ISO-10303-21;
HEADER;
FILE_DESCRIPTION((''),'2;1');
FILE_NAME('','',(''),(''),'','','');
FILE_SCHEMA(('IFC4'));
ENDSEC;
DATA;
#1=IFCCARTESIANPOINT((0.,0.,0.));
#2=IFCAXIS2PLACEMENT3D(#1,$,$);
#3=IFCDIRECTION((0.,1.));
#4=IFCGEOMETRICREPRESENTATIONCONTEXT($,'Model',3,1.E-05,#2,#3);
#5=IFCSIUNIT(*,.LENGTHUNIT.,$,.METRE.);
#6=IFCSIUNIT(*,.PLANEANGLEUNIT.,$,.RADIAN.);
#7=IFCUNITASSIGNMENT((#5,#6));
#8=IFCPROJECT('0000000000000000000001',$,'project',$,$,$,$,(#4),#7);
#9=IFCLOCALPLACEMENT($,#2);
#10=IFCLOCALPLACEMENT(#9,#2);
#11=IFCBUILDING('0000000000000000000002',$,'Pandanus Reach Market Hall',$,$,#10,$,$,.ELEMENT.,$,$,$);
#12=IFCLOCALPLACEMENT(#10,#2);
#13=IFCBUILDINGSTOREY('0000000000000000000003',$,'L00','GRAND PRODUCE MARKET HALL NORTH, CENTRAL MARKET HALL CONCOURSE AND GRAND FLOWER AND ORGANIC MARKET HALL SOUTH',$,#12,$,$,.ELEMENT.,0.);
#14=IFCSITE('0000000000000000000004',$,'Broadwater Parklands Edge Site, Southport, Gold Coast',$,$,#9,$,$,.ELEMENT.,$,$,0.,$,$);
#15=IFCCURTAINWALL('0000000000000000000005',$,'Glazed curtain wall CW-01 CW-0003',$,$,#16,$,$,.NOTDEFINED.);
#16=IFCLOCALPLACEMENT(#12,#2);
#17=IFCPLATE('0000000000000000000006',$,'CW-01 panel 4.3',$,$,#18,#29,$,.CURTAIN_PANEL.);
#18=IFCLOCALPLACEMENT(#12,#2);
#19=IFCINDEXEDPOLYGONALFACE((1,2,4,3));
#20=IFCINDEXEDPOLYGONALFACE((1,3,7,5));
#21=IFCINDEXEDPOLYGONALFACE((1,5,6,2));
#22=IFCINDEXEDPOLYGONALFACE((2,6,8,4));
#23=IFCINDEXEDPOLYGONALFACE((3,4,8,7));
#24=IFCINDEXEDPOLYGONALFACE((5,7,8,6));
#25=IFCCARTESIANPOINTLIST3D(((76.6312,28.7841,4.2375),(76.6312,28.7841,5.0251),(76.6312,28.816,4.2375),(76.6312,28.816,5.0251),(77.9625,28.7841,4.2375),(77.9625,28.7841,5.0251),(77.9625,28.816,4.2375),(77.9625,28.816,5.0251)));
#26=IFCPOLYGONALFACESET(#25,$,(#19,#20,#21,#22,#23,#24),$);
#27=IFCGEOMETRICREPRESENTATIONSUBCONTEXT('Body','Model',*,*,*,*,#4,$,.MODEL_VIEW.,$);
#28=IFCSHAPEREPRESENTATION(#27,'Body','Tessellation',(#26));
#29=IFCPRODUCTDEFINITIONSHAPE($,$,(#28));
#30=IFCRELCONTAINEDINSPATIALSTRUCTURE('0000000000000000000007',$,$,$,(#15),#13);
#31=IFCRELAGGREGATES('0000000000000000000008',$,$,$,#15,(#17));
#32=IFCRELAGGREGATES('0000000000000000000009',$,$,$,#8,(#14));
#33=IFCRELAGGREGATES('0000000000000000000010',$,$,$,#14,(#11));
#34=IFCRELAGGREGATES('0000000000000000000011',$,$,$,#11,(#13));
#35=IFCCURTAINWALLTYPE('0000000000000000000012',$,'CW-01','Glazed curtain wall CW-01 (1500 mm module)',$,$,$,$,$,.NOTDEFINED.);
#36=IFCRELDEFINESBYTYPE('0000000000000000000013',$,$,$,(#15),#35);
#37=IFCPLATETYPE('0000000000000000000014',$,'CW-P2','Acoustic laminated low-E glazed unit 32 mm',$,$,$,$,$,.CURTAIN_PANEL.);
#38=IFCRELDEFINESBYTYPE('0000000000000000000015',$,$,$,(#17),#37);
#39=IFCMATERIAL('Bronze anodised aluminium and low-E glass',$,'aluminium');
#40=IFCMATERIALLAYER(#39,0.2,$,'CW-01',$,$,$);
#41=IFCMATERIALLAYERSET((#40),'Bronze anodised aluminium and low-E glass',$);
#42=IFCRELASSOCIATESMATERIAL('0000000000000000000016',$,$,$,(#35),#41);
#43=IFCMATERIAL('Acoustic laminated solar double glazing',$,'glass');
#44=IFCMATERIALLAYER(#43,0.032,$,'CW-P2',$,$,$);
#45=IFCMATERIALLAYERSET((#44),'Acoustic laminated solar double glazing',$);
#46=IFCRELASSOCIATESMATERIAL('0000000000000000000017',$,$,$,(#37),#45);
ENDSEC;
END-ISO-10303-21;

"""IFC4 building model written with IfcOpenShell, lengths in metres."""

from ifc_helpers import new_model, si_unit, direction, frame, origin, origin_2d, place, context, subcontext, project, spatial, rectangle, extrude, material, layer, layer_set, type_object, element, aggregate, save


model = new_model("IFC4")

# Units and contexts
model_context = context("Model", 3, precision=1e-05, world=origin(), true_north=direction((0.0, 1.0)))
body_context = subcontext(model_context, "Body", "Model", "MODEL_VIEW")
ifc_project = project(units=[si_unit("LENGTHUNIT", "METRE"), si_unit("PLANEANGLEUNIT", "RADIAN")], contexts=[model_context])

# Site, building, storey
site_placement = place(None, origin())
site = spatial("IfcSite", under=ifc_project, at=site_placement, Name="Broadwater Parklands Edge Site, Southport, Gold Coast", CompositionType="ELEMENT", RefElevation=0.0)
building_placement = place(site_placement, origin())
building = spatial("IfcBuilding", under=site, at=building_placement, Name="Pandanus Reach Market Hall", CompositionType="ELEMENT")
storey_placement = place(building_placement, origin())
storey = spatial("IfcBuildingStorey", under=building, at=storey_placement, Name="L00", Description="GRAND PRODUCE MARKET HALL NORTH, CENTRAL MARKET HALL CONCOURSE AND GRAND FLOWER AND ORGANIC MARKET HALL SOUTH", CompositionType="ELEMENT", Elevation=0.0)

# Curtain wall
ifc_material_1 = material(Name="Bronze anodised aluminium and low-E glass", Category="aluminium")
ifc_layer_1 = layer(ifc_material_1, 0.2, Name="CW-01")
ifc_layer_set_1 = layer_set([ifc_layer_1], Name="Bronze anodised aluminium and low-E glass")
curtain_wall_type = type_object("IfcCurtainWallType", Name="CW-01", Description="Glazed curtain wall CW-01 (1500 mm module)", PredefinedType="NOTDEFINED", material=ifc_layer_set_1)
curtain_wall_placement = place(storey_placement, origin())
curtain_wall = element("IfcCurtainWall", 1, at=curtain_wall_placement, inside=storey, type_object=curtain_wall_type, Name="Glazed curtain wall CW-01 CW-0003", PredefinedType="NOTDEFINED")

# Plate
ifc_material_2 = material(Name="Acoustic laminated solar double glazing", Category="glass")
ifc_layer_2 = layer(ifc_material_2, 0.032, Name="CW-P2")
ifc_layer_set_2 = layer_set([ifc_layer_2], Name="Acoustic laminated solar double glazing")
plate_type_1 = type_object("IfcPlateType", Name="CW-P2", Description="Acoustic laminated low-E glazed unit 32 mm", PredefinedType="CURTAIN_PANEL", material=ifc_layer_set_2)
plate_1_placement = place(storey_placement, frame((77.2969, 28.8, 4.2375), z_axis=(0.0, 0.0, 1.0), x_axis=(1.0, 0.0, 0.0)))
plate_1 = element("IfcPlate", 2, at=plate_1_placement, type_object=plate_type_1, Name="CW-01 panel 4.3", PredefinedType="CURTAIN_PANEL", context=body_context, shape_type="SweptSolid", body=[
    extrude(rectangle(XDim=1.3313, YDim=0.032, at=origin_2d()), origin(), (0.0, 0.0, 1.0), 0.7876),
])
aggregate(curtain_wall, [plate_1])

save(model, "model.ifc")
